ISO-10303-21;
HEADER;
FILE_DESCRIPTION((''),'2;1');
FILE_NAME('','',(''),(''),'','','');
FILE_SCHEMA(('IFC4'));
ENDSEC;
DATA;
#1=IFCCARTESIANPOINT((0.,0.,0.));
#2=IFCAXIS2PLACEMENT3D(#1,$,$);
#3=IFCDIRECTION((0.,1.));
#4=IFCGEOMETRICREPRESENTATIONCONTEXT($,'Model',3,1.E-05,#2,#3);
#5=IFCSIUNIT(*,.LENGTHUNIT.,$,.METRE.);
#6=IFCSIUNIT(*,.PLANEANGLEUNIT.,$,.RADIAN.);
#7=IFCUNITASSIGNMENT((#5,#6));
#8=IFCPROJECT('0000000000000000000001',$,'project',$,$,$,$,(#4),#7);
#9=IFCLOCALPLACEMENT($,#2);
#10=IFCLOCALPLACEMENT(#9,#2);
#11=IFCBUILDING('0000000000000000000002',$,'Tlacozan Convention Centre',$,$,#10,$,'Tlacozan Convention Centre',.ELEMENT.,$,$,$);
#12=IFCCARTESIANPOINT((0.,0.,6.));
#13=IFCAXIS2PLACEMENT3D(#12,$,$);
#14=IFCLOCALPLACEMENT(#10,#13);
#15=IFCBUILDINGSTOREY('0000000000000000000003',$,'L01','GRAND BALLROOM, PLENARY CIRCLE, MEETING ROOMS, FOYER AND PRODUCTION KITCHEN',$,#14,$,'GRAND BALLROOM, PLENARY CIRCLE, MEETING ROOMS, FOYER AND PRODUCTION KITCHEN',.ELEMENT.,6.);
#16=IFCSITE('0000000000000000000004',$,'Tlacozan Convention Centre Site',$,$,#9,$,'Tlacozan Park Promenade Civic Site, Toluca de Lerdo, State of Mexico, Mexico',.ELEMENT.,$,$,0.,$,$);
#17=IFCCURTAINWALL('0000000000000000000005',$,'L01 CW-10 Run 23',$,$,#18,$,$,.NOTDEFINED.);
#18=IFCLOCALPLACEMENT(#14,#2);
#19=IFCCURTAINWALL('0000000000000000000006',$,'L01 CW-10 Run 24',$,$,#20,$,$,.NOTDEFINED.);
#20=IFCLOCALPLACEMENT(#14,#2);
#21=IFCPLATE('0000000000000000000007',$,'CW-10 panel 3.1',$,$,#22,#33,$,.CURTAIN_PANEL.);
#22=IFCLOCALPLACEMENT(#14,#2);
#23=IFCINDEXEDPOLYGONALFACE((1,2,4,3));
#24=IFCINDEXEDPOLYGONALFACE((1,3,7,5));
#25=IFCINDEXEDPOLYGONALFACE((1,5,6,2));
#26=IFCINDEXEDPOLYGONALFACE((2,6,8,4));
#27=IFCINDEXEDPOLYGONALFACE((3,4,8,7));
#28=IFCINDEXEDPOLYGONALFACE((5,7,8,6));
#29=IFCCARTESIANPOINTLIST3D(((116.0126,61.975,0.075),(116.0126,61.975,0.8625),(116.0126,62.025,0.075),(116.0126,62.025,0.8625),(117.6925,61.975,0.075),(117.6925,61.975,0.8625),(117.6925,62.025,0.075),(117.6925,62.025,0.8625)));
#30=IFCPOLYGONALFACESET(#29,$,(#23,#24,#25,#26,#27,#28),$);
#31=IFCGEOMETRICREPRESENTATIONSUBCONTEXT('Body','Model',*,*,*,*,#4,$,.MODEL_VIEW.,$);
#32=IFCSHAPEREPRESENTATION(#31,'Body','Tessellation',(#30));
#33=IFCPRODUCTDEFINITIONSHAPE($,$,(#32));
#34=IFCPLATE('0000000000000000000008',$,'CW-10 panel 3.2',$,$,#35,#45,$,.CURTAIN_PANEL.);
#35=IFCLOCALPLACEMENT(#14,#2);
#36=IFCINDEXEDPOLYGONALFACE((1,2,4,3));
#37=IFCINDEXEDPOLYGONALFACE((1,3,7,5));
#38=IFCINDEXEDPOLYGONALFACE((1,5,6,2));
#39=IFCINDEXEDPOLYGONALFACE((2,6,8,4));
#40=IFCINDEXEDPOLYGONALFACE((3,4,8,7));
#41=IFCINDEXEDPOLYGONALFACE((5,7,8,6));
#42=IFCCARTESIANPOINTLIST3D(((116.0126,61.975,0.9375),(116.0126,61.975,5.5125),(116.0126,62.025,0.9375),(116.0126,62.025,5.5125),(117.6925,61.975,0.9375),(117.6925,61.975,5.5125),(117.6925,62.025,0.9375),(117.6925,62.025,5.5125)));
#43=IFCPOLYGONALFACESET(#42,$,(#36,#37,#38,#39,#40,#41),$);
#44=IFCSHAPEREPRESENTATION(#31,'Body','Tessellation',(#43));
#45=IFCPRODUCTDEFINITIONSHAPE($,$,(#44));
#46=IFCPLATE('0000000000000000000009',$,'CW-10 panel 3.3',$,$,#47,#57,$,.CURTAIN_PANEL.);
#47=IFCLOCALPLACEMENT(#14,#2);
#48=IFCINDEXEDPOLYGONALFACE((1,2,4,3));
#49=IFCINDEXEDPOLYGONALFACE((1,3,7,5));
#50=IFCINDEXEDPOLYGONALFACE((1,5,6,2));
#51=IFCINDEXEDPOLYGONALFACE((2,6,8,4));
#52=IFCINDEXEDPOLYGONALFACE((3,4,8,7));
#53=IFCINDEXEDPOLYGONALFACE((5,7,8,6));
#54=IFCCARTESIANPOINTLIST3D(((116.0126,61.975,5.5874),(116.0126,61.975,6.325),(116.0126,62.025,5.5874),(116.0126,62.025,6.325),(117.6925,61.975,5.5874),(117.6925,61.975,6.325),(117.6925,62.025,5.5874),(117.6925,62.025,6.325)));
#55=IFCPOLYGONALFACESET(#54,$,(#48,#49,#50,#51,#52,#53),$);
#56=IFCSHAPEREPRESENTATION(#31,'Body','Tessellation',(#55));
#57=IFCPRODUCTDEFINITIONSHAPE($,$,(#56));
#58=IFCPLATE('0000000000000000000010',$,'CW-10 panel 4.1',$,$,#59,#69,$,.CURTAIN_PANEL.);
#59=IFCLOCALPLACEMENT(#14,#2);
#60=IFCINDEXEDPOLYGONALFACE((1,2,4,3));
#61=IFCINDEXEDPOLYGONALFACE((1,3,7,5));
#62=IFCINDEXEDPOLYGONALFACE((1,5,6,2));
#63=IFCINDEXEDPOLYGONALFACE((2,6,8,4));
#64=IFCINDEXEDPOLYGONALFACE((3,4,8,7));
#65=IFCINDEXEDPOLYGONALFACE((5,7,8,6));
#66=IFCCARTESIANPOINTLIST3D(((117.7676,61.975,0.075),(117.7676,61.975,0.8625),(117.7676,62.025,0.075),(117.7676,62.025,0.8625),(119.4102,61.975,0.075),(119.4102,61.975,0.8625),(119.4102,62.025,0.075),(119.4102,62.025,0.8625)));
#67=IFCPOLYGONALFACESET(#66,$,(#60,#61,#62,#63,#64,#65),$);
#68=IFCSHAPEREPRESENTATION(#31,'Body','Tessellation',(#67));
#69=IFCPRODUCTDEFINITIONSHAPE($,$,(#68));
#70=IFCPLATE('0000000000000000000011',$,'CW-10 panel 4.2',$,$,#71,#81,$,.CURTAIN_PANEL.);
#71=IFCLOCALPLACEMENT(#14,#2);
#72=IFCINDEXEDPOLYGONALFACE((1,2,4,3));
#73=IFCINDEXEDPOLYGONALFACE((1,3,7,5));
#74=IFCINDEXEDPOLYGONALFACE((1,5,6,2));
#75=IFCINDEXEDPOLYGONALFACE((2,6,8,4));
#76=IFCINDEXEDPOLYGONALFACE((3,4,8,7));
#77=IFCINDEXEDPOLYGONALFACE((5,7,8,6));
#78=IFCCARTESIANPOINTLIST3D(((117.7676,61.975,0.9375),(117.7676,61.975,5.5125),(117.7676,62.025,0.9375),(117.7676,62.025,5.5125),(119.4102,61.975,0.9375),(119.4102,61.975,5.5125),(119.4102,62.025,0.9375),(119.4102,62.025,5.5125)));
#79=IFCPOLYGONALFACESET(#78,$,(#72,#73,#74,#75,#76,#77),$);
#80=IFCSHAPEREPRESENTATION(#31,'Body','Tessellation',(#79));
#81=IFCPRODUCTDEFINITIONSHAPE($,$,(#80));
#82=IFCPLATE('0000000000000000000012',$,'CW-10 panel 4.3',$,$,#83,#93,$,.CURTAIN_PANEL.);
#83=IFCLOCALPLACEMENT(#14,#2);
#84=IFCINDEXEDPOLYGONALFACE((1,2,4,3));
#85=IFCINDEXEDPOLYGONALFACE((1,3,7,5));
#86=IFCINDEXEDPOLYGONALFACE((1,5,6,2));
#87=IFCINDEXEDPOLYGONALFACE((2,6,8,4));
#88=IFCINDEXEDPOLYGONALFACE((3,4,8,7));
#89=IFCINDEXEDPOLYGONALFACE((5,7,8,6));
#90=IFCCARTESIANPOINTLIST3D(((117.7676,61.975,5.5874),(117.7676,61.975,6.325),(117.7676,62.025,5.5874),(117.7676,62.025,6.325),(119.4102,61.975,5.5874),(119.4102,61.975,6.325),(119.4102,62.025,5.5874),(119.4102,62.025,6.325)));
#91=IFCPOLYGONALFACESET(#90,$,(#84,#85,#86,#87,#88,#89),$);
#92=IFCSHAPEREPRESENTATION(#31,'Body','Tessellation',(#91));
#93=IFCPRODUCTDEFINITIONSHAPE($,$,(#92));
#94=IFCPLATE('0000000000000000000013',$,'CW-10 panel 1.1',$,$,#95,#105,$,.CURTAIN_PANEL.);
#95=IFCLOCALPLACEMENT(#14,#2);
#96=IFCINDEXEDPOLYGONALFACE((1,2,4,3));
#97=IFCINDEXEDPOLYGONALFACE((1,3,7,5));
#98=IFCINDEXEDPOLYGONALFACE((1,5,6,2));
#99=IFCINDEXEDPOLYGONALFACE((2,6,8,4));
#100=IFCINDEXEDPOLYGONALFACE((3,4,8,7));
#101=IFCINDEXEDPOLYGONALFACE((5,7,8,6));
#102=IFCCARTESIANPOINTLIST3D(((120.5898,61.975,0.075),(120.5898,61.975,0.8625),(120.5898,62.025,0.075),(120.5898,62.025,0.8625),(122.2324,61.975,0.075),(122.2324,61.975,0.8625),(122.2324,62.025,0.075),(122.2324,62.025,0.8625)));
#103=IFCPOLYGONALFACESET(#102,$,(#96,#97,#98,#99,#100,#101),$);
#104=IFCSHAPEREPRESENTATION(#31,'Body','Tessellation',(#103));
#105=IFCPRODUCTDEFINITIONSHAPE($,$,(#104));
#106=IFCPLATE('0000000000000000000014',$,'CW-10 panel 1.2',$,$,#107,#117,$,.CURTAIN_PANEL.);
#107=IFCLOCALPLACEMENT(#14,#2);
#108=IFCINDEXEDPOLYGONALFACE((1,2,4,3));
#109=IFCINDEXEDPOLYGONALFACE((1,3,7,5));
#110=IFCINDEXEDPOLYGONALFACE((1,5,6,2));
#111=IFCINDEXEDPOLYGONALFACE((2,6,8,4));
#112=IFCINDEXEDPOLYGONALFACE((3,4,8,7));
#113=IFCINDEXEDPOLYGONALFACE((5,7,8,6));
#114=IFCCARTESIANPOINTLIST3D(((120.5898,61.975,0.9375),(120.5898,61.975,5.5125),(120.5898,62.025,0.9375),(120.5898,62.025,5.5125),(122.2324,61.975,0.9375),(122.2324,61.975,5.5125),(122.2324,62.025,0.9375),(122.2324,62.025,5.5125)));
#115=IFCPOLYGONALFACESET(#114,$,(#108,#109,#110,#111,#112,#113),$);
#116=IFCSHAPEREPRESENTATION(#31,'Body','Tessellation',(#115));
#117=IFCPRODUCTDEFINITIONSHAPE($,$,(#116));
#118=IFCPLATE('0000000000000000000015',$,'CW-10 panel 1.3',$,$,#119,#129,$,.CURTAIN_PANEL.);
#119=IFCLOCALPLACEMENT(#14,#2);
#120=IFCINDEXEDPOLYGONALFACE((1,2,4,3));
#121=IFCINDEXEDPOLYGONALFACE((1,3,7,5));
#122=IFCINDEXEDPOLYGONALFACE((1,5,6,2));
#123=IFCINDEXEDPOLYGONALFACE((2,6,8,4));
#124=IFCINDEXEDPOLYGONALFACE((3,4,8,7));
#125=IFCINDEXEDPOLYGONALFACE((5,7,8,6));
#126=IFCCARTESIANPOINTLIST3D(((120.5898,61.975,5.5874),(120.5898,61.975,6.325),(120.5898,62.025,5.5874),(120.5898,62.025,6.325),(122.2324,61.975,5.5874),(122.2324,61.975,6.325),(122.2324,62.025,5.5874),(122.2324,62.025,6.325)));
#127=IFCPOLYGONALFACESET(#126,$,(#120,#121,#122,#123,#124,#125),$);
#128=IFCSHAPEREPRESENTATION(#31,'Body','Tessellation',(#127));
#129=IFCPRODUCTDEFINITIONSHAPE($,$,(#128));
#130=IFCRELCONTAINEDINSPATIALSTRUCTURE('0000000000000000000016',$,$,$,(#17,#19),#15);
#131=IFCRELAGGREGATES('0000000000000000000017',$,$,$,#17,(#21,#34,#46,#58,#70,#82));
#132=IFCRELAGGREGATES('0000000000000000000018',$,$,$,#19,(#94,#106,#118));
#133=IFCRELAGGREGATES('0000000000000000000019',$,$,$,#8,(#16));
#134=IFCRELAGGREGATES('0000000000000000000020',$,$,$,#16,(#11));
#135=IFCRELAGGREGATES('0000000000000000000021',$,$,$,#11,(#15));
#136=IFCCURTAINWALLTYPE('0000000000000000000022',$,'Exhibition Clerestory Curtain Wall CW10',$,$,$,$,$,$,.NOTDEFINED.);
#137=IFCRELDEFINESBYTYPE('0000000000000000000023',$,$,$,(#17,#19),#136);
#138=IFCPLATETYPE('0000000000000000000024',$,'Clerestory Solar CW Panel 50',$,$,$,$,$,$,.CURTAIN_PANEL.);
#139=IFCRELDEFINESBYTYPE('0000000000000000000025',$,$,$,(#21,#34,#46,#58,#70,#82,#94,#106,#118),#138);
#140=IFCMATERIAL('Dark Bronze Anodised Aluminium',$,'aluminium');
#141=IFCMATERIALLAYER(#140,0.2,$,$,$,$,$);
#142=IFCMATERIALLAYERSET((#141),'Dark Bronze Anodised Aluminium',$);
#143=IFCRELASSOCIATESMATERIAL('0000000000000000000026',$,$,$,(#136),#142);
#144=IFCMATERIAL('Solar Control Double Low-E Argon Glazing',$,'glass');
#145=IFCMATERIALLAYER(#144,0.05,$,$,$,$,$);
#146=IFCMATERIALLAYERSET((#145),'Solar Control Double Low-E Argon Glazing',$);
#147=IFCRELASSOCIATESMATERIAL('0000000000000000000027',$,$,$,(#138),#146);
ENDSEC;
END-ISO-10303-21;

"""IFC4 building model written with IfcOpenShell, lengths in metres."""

from ifc_helpers import new_model, si_unit, direction, frame, origin, origin_2d, place, context, subcontext, project, spatial, rectangle, extrude, material, layer, layer_set, type_object, element, aggregate, save


model = new_model("IFC4")

# Units and contexts
model_context = context("Model", 3, precision=1e-05, world=origin(), true_north=direction((0.0, 1.0)))
body_context = subcontext(model_context, "Body", "Model", "MODEL_VIEW")
ifc_project = project(units=[si_unit("LENGTHUNIT", "METRE"), si_unit("PLANEANGLEUNIT", "RADIAN")], contexts=[model_context])

# Site, building, storey
site_placement = place(None, origin())
site = spatial("IfcSite", under=ifc_project, at=site_placement, Name="Tlacozan Convention Centre Site", LongName="Tlacozan Park Promenade Civic Site, Toluca de Lerdo, State of Mexico, Mexico", CompositionType="ELEMENT", RefElevation=0.0)
building_placement = place(site_placement, origin())
building = spatial("IfcBuilding", under=site, at=building_placement, Name="Tlacozan Convention Centre", LongName="Tlacozan Convention Centre", CompositionType="ELEMENT")
storey_placement = place(building_placement, frame((0.0, 0.0, 6.0)))
storey = spatial("IfcBuildingStorey", under=building, at=storey_placement, Name="L01", Description="GRAND BALLROOM, PLENARY CIRCLE, MEETING ROOMS, FOYER AND PRODUCTION KITCHEN", LongName="GRAND BALLROOM, PLENARY CIRCLE, MEETING ROOMS, FOYER AND PRODUCTION KITCHEN", CompositionType="ELEMENT", Elevation=6.0)

# Curtain wall
ifc_material_1 = material(Name="Dark Bronze Anodised Aluminium", Category="aluminium")
ifc_layer_1 = layer(ifc_material_1, 0.2)
ifc_layer_set_1 = layer_set([ifc_layer_1], Name="Dark Bronze Anodised Aluminium")
curtain_wall_type = type_object("IfcCurtainWallType", Name="Exhibition Clerestory Curtain Wall CW10", PredefinedType="NOTDEFINED", material=ifc_layer_set_1)
curtain_wall_1_placement = place(storey_placement, origin())
curtain_wall_1 = element("IfcCurtainWall", 1, at=curtain_wall_1_placement, inside=storey, type_object=curtain_wall_type, Name="L01 CW-10 Run 23", PredefinedType="NOTDEFINED")

# Curtain wall
curtain_wall_2_placement = place(storey_placement, origin())
curtain_wall_2 = element("IfcCurtainWall", 2, at=curtain_wall_2_placement, inside=storey, type_object=curtain_wall_type, Name="L01 CW-10 Run 24", PredefinedType="NOTDEFINED")

# Plates
ifc_material_2 = material(Name="Solar Control Double Low-E Argon Glazing", Category="glass")
ifc_layer_2 = layer(ifc_material_2, 0.05)
ifc_layer_set_2 = layer_set([ifc_layer_2], Name="Solar Control Double Low-E Argon Glazing")
plate_type = type_object("IfcPlateType", Name="Clerestory Solar CW Panel 50", PredefinedType="CURTAIN_PANEL", material=ifc_layer_set_2)
plate_1_placement = place(storey_placement, frame((116.8525, 62.0, 0.075), z_axis=(0.0, 0.0, 1.0), x_axis=(1.0, 0.0, 0.0)))
plate_1 = element("IfcPlate", 3, at=plate_1_placement, type_object=plate_type, Name="CW-10 panel 3.1", PredefinedType="CURTAIN_PANEL", context=body_context, shape_type="SweptSolid", body=[
    extrude(rectangle(XDim=1.6799, YDim=0.05, at=origin_2d()), origin(), (0.0, 0.0, 1.0), 0.7876),
])
plate_2_placement = place(storey_placement, frame((116.8525, 62.0, 0.9375), z_axis=(0.0, 0.0, 1.0), x_axis=(1.0, 0.0, 0.0)))
plate_2 = element("IfcPlate", 4, at=plate_2_placement, type_object=plate_type, Name="CW-10 panel 3.2", PredefinedType="CURTAIN_PANEL", context=body_context, shape_type="SweptSolid", body=[
    extrude(rectangle(XDim=1.6799, YDim=0.05, at=origin_2d()), origin(), (0.0, 0.0, 1.0), 4.575),
])
plate_3_placement = place(storey_placement, frame((116.8525, 62.0, 5.5874), z_axis=(0.0, 0.0, 1.0), x_axis=(1.0, 0.0, 0.0)))
plate_3 = element("IfcPlate", 5, at=plate_3_placement, type_object=plate_type, Name="CW-10 panel 3.3", PredefinedType="CURTAIN_PANEL", context=body_context, shape_type="SweptSolid", body=[
    extrude(rectangle(XDim=1.6799, YDim=0.05, at=origin_2d()), origin(), (0.0, 0.0, 1.0), 0.7375),
])
plate_4_placement = place(storey_placement, frame((118.5889, 62.0, 0.075), z_axis=(0.0, 0.0, 1.0), x_axis=(1.0, 0.0, 0.0)))
plate_4 = element("IfcPlate", 6, at=plate_4_placement, type_object=plate_type, Name="CW-10 panel 4.1", PredefinedType="CURTAIN_PANEL", context=body_context, shape_type="SweptSolid", body=[
    extrude(rectangle(XDim=1.6426, YDim=0.05, at=origin_2d()), origin(), (0.0, 0.0, 1.0), 0.7876),
])
plate_5_placement = place(storey_placement, frame((118.5889, 62.0, 0.9375), z_axis=(0.0, 0.0, 1.0), x_axis=(1.0, 0.0, 0.0)))
plate_5 = element("IfcPlate", 7, at=plate_5_placement, type_object=plate_type, Name="CW-10 panel 4.2", PredefinedType="CURTAIN_PANEL", context=body_context, shape_type="SweptSolid", body=[
    extrude(rectangle(XDim=1.6426, YDim=0.05, at=origin_2d()), origin(), (0.0, 0.0, 1.0), 4.575),
])
plate_6_placement = place(storey_placement, frame((118.5889, 62.0, 5.5874), z_axis=(0.0, 0.0, 1.0), x_axis=(1.0, 0.0, 0.0)))
plate_6 = element("IfcPlate", 8, at=plate_6_placement, type_object=plate_type, Name="CW-10 panel 4.3", PredefinedType="CURTAIN_PANEL", context=body_context, shape_type="SweptSolid", body=[
    extrude(rectangle(XDim=1.6426, YDim=0.05, at=origin_2d()), origin(), (0.0, 0.0, 1.0), 0.7375),
])
aggregate(curtain_wall_1, [plate_1, plate_2, plate_3, plate_4, plate_5, plate_6])
plate_7_placement = place(storey_placement, frame((121.4111, 62.0, 0.075), z_axis=(0.0, 0.0, 1.0), x_axis=(1.0, 0.0, 0.0)))
plate_7 = element("IfcPlate", 9, at=plate_7_placement, type_object=plate_type, Name="CW-10 panel 1.1", PredefinedType="CURTAIN_PANEL", context=body_context, shape_type="SweptSolid", body=[
    extrude(rectangle(XDim=1.6426, YDim=0.05, at=origin_2d()), origin(), (0.0, 0.0, 1.0), 0.7876),
])
plate_8_placement = place(storey_placement, frame((121.4111, 62.0, 0.9375), z_axis=(0.0, 0.0, 1.0), x_axis=(1.0, 0.0, 0.0)))
plate_8 = element("IfcPlate", 10, at=plate_8_placement, type_object=plate_type, Name="CW-10 panel 1.2", PredefinedType="CURTAIN_PANEL", context=body_context, shape_type="SweptSolid", body=[
    extrude(rectangle(XDim=1.6426, YDim=0.05, at=origin_2d()), origin(), (0.0, 0.0, 1.0), 4.575),
])
plate_9_placement = place(storey_placement, frame((121.4111, 62.0, 5.5874), z_axis=(0.0, 0.0, 1.0), x_axis=(1.0, 0.0, 0.0)))
plate_9 = element("IfcPlate", 11, at=plate_9_placement, type_object=plate_type, Name="CW-10 panel 1.3", PredefinedType="CURTAIN_PANEL", context=body_context, shape_type="SweptSolid", body=[
    extrude(rectangle(XDim=1.6426, YDim=0.05, at=origin_2d()), origin(), (0.0, 0.0, 1.0), 0.7375),
])
aggregate(curtain_wall_2, [plate_7, plate_8, plate_9])

save(model, "model.ifc")
